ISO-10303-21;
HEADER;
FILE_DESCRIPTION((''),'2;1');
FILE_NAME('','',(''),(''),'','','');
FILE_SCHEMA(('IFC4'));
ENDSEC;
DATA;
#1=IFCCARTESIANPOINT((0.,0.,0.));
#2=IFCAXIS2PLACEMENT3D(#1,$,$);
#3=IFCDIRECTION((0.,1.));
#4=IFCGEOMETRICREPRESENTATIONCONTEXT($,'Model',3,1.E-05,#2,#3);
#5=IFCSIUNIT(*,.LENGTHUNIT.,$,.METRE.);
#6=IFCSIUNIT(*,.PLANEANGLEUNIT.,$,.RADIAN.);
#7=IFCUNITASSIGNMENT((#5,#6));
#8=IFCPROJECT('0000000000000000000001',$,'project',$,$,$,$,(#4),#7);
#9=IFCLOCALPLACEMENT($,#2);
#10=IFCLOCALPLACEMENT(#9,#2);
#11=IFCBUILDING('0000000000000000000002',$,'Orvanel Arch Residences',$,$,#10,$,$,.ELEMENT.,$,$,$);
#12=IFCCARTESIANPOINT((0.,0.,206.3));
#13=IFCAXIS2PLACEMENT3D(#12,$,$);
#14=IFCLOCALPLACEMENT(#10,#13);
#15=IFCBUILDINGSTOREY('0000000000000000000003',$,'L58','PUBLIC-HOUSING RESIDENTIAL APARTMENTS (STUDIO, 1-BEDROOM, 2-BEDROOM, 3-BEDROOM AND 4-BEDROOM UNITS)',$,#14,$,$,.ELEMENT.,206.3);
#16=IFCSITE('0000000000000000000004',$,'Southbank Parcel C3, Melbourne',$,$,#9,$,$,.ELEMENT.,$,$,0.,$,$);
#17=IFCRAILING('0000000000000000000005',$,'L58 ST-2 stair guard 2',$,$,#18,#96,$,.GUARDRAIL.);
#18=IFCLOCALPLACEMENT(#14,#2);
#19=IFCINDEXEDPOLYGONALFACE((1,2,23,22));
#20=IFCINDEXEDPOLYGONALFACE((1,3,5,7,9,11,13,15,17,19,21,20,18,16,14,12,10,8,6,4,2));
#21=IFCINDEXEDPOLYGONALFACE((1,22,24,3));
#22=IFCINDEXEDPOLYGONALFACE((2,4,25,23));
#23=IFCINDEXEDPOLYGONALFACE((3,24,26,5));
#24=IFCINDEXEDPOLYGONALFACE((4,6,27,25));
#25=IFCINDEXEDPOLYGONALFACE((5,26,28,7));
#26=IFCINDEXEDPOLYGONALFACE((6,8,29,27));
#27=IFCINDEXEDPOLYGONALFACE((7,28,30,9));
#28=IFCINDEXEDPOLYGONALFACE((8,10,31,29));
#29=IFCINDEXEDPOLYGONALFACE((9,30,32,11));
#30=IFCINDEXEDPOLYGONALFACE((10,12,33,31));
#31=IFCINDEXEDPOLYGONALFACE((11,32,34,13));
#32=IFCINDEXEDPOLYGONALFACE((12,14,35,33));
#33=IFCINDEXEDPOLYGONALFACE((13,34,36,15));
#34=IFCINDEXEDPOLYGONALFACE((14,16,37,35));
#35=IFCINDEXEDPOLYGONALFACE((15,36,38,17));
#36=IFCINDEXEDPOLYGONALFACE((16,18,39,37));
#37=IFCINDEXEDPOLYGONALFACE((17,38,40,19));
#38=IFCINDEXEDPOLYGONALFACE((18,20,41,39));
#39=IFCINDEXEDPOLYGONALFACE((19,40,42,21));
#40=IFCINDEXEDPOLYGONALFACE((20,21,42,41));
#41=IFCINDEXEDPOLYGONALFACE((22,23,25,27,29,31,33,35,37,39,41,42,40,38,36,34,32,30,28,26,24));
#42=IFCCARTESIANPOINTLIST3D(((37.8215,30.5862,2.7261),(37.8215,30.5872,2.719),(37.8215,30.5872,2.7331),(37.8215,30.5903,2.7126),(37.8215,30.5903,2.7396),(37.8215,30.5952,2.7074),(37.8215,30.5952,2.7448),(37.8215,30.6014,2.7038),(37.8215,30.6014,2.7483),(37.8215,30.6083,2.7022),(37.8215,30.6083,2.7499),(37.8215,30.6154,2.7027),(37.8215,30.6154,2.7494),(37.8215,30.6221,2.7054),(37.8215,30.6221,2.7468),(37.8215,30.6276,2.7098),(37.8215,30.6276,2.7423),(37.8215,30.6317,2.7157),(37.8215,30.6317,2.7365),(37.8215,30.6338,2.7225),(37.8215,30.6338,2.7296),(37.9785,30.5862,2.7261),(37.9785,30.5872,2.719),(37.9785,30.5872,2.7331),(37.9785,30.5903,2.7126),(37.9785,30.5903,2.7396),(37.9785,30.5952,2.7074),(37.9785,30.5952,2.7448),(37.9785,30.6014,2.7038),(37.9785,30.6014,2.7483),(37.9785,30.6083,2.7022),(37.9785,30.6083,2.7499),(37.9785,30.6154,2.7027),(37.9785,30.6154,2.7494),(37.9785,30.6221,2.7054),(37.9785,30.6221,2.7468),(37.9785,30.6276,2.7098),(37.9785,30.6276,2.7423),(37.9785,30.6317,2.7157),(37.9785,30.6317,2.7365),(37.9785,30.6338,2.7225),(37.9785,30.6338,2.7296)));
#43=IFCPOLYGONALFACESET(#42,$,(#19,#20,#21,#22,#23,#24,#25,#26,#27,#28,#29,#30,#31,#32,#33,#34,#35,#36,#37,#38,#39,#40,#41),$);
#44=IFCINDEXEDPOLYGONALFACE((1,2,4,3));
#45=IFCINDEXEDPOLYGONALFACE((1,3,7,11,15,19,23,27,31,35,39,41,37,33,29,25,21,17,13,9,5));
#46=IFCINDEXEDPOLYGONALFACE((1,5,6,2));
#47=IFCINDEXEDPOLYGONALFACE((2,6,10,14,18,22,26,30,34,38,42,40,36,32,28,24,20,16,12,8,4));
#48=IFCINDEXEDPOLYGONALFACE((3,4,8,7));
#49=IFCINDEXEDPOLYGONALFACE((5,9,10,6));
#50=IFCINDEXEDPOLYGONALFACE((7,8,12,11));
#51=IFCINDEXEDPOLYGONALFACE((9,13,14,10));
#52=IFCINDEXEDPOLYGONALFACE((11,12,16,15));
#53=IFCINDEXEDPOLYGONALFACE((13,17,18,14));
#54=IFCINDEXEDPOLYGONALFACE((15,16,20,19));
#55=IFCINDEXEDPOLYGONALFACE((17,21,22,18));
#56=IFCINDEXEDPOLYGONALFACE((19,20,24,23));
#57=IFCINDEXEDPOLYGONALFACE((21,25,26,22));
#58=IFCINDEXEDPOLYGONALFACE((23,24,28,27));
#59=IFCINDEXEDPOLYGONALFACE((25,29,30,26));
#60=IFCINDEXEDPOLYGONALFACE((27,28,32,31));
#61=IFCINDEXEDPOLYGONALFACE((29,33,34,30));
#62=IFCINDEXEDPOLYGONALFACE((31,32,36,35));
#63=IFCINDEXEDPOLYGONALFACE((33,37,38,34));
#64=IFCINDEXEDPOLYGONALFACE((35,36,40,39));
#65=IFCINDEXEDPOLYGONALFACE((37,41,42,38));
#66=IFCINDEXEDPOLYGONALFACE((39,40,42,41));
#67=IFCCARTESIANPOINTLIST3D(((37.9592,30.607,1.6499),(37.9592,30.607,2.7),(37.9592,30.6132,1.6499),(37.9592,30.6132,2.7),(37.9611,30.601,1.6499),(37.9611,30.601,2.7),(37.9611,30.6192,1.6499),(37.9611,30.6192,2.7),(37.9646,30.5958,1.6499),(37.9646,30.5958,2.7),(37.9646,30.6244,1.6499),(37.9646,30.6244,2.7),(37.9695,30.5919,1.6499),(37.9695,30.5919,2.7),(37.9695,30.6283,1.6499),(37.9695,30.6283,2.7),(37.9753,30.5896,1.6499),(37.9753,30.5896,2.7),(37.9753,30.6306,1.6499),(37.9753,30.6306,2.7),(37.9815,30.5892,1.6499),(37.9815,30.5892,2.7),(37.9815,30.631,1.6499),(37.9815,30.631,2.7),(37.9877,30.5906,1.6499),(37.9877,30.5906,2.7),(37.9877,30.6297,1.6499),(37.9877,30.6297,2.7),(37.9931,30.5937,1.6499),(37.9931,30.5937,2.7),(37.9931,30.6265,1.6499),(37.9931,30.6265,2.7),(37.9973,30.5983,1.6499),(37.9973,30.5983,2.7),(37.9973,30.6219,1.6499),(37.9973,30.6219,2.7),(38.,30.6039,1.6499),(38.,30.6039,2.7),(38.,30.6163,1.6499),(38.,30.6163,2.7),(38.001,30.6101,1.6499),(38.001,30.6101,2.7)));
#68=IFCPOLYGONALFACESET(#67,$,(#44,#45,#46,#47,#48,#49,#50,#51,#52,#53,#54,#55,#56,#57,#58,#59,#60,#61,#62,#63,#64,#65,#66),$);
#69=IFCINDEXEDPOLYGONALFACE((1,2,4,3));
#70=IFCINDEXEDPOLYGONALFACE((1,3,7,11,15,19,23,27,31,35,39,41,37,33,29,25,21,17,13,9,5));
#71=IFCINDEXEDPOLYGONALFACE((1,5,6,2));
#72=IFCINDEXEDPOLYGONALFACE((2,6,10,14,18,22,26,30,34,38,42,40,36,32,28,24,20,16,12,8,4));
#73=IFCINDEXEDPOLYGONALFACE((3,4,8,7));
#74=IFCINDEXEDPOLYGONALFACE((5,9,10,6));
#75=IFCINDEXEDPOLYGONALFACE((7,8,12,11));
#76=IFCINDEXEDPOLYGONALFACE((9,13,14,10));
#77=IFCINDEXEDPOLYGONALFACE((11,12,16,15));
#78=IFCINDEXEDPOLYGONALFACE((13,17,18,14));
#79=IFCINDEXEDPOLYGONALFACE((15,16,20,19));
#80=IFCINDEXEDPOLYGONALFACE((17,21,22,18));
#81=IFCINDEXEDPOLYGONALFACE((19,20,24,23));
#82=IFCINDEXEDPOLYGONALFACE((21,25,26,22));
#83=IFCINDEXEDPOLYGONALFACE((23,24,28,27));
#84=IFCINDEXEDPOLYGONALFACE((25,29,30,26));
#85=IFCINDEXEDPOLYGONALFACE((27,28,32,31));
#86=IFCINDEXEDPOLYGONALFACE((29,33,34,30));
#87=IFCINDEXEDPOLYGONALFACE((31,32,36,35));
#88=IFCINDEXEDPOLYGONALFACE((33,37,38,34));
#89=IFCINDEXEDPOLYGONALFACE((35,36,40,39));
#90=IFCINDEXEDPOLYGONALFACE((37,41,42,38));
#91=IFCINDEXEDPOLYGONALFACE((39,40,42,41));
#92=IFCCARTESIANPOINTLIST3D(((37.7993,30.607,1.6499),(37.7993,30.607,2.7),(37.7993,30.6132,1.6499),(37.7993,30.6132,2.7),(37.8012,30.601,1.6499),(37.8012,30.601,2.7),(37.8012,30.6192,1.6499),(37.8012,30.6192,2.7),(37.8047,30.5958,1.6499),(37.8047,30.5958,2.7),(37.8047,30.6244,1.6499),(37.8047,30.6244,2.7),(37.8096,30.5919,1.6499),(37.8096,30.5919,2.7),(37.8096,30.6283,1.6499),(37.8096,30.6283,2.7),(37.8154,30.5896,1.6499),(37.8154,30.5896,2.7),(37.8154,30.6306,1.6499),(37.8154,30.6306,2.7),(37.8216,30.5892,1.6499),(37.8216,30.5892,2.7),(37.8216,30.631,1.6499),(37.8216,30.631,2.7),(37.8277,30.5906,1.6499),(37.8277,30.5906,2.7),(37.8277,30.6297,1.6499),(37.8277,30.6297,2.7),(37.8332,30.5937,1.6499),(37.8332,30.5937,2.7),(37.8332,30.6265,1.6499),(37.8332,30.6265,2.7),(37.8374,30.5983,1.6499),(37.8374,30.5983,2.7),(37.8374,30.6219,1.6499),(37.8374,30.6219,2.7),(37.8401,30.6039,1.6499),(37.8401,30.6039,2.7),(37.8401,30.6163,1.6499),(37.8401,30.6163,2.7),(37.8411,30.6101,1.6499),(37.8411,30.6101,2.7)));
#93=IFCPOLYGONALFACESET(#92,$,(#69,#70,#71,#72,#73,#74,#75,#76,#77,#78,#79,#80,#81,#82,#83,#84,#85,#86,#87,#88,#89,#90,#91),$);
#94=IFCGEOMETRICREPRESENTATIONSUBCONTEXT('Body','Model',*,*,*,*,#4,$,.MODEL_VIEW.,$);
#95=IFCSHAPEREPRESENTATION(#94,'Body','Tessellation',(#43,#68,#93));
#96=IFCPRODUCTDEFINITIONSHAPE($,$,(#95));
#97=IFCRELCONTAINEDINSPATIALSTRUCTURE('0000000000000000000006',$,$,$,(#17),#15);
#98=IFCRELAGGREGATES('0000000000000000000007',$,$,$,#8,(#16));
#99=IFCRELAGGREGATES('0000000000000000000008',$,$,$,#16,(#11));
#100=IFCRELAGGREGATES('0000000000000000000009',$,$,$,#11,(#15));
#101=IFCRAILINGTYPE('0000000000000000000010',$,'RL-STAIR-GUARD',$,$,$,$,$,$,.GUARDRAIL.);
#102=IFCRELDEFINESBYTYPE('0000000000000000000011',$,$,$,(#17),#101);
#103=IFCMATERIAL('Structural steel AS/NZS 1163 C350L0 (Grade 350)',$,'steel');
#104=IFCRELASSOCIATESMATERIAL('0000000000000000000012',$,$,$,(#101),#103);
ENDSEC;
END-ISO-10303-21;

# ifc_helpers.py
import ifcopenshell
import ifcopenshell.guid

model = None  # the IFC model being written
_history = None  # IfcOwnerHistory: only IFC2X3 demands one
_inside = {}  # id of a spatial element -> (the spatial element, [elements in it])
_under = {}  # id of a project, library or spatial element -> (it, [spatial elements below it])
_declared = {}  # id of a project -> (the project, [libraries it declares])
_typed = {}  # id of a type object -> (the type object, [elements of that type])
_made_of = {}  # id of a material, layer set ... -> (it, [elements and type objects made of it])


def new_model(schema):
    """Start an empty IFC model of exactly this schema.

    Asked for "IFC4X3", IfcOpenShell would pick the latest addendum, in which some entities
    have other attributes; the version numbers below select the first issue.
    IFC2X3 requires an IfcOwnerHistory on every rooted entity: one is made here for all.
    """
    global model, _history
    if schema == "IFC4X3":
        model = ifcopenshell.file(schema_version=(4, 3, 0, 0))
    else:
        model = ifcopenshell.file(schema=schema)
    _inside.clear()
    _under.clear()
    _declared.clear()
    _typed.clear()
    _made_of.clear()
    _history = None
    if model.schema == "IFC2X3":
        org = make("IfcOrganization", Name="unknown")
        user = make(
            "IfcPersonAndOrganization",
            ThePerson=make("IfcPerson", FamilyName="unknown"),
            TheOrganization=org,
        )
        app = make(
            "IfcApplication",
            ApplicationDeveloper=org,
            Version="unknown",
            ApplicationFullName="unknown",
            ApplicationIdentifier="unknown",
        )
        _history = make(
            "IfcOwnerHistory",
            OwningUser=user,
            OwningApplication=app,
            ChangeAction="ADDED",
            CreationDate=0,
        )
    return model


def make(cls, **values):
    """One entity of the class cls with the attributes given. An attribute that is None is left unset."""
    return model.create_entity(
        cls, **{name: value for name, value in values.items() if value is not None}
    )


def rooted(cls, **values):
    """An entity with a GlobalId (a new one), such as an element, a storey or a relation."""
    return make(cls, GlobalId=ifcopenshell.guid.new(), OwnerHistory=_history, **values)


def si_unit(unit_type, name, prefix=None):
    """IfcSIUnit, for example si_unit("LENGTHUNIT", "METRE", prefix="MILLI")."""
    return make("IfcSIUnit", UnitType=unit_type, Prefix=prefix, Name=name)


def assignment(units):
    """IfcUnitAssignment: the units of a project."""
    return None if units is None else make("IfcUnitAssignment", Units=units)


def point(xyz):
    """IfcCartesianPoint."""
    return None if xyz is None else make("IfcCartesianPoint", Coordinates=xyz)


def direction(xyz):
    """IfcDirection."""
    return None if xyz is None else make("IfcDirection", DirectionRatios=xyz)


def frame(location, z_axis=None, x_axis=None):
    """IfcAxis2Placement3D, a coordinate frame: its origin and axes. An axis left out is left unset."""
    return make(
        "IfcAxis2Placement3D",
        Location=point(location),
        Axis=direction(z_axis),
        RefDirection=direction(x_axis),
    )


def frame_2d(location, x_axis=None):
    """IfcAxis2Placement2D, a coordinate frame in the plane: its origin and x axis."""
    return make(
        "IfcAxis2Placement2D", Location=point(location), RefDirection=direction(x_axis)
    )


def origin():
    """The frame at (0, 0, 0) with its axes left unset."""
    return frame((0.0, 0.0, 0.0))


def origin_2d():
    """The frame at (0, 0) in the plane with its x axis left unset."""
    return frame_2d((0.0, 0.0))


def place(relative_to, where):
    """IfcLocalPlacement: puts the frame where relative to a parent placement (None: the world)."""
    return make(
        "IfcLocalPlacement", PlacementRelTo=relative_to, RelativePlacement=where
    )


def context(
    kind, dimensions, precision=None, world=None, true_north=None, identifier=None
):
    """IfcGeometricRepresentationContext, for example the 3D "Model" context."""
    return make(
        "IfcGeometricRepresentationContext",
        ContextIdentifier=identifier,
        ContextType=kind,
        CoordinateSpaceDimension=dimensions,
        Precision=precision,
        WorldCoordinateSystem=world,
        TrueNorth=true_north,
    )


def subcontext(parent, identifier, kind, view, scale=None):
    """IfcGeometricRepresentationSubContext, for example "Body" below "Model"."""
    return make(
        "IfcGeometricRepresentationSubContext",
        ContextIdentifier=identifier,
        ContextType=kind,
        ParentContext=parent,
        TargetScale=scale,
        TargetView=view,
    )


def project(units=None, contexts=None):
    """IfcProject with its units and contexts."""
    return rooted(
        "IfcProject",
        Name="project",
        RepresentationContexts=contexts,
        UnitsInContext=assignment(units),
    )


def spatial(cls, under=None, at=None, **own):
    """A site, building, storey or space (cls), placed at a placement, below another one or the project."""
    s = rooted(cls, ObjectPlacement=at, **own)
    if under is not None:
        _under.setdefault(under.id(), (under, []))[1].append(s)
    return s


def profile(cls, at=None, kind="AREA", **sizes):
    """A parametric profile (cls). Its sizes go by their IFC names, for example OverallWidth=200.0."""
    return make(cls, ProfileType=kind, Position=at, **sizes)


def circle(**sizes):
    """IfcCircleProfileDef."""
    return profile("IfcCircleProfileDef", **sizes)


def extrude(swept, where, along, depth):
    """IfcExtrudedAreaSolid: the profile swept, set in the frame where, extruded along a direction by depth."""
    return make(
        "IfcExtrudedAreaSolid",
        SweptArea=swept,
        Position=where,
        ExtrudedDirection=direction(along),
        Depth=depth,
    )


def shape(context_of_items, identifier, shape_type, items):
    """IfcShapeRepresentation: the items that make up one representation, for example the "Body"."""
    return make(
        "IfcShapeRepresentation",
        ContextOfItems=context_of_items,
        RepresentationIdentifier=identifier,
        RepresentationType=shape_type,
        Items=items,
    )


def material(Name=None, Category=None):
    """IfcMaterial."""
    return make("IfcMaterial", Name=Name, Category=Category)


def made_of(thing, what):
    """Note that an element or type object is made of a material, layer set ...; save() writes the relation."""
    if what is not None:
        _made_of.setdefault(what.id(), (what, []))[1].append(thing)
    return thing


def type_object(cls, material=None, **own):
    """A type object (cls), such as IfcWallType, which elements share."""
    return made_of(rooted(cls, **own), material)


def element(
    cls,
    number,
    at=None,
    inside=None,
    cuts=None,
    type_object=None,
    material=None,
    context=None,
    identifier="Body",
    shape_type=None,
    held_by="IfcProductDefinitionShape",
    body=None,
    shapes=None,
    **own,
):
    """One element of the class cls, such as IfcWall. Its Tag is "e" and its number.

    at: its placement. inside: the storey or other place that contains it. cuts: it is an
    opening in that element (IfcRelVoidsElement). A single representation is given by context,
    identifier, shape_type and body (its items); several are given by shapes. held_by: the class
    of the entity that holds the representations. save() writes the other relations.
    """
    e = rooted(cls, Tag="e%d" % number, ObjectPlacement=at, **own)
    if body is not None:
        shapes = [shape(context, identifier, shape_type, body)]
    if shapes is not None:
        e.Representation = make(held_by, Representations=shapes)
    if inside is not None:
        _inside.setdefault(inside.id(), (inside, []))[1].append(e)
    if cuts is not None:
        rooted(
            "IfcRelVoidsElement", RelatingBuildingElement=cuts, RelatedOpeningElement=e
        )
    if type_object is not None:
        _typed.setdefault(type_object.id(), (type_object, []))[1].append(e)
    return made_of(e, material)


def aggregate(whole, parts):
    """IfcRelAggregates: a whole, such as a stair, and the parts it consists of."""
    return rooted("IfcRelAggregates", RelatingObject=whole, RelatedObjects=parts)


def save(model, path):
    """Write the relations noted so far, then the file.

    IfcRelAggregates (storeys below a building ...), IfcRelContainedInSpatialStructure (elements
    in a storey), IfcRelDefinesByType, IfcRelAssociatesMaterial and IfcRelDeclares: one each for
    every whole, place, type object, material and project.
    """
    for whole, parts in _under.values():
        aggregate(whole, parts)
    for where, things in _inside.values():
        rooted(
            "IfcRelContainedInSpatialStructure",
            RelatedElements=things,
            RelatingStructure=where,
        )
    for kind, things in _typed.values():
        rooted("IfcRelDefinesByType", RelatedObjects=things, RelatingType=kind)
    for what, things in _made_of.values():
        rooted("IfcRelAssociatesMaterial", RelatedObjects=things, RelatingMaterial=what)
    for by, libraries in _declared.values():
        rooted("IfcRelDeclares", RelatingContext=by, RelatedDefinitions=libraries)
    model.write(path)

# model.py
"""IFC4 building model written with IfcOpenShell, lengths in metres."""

from ifc_helpers import new_model, si_unit, direction, frame, origin, origin_2d, place, context, subcontext, project, spatial, circle, extrude, material, type_object, element, save


model = new_model("IFC4")

# Units and contexts
model_context = context("Model", 3, precision=1e-05, world=origin(), true_north=direction((0.0, 1.0)))
body_context = subcontext(model_context, "Body", "Model", "MODEL_VIEW")
ifc_project = project(units=[si_unit("LENGTHUNIT", "METRE"), si_unit("PLANEANGLEUNIT", "RADIAN")], contexts=[model_context])

# Site, building, storey
site_placement = place(None, origin())
site = spatial("IfcSite", under=ifc_project, at=site_placement, Name="Southbank Parcel C3, Melbourne", CompositionType="ELEMENT", RefElevation=0.0)
building_placement = place(site_placement, origin())
building = spatial("IfcBuilding", under=site, at=building_placement, Name="Orvanel Arch Residences", CompositionType="ELEMENT")
storey_placement = place(building_placement, frame((0.0, 0.0, 206.3)))
storey = spatial("IfcBuildingStorey", under=building, at=storey_placement, Name="L58", Description="PUBLIC-HOUSING RESIDENTIAL APARTMENTS (STUDIO, 1-BEDROOM, 2-BEDROOM, 3-BEDROOM AND 4-BEDROOM UNITS)", CompositionType="ELEMENT", Elevation=206.3)

# Railing
ifc_material_1 = material(Name="Structural steel AS/NZS 1163 C350L0 (Grade 350)", Category="steel")
railing_type_1 = type_object("IfcRailingType", Name="RL-STAIR-GUARD", PredefinedType="GUARDRAIL", material=ifc_material_1)
railing_1_placement = place(storey_placement, frame((37.98, 30.6101, 1.6499)))
element("IfcRailing", 1, at=railing_1_placement, inside=storey, type_object=railing_type_1, Name="L58 ST-2 stair guard 2", PredefinedType="GUARDRAIL", context=body_context, shape_type="SweptSolid", body=[
    extrude(circle(Radius=0.0239, at=origin_2d()), frame((-0.0015, 0.0, 1.0762), z_axis=(-1.0, 0.0, 0.0), x_axis=(0.0, -1.0, 0.0)), (0.0, 0.0, 1.0), 0.157),
    extrude(circle(Radius=0.021, at=origin_2d()), origin(), (0.0, 0.0, 1.0), 1.05),
    extrude(circle(Radius=0.021, at=origin_2d()), frame((-0.1599, 0.0, 0.0)), (0.0, 0.0, 1.0), 1.05),
])

save(model, "model.ifc")
